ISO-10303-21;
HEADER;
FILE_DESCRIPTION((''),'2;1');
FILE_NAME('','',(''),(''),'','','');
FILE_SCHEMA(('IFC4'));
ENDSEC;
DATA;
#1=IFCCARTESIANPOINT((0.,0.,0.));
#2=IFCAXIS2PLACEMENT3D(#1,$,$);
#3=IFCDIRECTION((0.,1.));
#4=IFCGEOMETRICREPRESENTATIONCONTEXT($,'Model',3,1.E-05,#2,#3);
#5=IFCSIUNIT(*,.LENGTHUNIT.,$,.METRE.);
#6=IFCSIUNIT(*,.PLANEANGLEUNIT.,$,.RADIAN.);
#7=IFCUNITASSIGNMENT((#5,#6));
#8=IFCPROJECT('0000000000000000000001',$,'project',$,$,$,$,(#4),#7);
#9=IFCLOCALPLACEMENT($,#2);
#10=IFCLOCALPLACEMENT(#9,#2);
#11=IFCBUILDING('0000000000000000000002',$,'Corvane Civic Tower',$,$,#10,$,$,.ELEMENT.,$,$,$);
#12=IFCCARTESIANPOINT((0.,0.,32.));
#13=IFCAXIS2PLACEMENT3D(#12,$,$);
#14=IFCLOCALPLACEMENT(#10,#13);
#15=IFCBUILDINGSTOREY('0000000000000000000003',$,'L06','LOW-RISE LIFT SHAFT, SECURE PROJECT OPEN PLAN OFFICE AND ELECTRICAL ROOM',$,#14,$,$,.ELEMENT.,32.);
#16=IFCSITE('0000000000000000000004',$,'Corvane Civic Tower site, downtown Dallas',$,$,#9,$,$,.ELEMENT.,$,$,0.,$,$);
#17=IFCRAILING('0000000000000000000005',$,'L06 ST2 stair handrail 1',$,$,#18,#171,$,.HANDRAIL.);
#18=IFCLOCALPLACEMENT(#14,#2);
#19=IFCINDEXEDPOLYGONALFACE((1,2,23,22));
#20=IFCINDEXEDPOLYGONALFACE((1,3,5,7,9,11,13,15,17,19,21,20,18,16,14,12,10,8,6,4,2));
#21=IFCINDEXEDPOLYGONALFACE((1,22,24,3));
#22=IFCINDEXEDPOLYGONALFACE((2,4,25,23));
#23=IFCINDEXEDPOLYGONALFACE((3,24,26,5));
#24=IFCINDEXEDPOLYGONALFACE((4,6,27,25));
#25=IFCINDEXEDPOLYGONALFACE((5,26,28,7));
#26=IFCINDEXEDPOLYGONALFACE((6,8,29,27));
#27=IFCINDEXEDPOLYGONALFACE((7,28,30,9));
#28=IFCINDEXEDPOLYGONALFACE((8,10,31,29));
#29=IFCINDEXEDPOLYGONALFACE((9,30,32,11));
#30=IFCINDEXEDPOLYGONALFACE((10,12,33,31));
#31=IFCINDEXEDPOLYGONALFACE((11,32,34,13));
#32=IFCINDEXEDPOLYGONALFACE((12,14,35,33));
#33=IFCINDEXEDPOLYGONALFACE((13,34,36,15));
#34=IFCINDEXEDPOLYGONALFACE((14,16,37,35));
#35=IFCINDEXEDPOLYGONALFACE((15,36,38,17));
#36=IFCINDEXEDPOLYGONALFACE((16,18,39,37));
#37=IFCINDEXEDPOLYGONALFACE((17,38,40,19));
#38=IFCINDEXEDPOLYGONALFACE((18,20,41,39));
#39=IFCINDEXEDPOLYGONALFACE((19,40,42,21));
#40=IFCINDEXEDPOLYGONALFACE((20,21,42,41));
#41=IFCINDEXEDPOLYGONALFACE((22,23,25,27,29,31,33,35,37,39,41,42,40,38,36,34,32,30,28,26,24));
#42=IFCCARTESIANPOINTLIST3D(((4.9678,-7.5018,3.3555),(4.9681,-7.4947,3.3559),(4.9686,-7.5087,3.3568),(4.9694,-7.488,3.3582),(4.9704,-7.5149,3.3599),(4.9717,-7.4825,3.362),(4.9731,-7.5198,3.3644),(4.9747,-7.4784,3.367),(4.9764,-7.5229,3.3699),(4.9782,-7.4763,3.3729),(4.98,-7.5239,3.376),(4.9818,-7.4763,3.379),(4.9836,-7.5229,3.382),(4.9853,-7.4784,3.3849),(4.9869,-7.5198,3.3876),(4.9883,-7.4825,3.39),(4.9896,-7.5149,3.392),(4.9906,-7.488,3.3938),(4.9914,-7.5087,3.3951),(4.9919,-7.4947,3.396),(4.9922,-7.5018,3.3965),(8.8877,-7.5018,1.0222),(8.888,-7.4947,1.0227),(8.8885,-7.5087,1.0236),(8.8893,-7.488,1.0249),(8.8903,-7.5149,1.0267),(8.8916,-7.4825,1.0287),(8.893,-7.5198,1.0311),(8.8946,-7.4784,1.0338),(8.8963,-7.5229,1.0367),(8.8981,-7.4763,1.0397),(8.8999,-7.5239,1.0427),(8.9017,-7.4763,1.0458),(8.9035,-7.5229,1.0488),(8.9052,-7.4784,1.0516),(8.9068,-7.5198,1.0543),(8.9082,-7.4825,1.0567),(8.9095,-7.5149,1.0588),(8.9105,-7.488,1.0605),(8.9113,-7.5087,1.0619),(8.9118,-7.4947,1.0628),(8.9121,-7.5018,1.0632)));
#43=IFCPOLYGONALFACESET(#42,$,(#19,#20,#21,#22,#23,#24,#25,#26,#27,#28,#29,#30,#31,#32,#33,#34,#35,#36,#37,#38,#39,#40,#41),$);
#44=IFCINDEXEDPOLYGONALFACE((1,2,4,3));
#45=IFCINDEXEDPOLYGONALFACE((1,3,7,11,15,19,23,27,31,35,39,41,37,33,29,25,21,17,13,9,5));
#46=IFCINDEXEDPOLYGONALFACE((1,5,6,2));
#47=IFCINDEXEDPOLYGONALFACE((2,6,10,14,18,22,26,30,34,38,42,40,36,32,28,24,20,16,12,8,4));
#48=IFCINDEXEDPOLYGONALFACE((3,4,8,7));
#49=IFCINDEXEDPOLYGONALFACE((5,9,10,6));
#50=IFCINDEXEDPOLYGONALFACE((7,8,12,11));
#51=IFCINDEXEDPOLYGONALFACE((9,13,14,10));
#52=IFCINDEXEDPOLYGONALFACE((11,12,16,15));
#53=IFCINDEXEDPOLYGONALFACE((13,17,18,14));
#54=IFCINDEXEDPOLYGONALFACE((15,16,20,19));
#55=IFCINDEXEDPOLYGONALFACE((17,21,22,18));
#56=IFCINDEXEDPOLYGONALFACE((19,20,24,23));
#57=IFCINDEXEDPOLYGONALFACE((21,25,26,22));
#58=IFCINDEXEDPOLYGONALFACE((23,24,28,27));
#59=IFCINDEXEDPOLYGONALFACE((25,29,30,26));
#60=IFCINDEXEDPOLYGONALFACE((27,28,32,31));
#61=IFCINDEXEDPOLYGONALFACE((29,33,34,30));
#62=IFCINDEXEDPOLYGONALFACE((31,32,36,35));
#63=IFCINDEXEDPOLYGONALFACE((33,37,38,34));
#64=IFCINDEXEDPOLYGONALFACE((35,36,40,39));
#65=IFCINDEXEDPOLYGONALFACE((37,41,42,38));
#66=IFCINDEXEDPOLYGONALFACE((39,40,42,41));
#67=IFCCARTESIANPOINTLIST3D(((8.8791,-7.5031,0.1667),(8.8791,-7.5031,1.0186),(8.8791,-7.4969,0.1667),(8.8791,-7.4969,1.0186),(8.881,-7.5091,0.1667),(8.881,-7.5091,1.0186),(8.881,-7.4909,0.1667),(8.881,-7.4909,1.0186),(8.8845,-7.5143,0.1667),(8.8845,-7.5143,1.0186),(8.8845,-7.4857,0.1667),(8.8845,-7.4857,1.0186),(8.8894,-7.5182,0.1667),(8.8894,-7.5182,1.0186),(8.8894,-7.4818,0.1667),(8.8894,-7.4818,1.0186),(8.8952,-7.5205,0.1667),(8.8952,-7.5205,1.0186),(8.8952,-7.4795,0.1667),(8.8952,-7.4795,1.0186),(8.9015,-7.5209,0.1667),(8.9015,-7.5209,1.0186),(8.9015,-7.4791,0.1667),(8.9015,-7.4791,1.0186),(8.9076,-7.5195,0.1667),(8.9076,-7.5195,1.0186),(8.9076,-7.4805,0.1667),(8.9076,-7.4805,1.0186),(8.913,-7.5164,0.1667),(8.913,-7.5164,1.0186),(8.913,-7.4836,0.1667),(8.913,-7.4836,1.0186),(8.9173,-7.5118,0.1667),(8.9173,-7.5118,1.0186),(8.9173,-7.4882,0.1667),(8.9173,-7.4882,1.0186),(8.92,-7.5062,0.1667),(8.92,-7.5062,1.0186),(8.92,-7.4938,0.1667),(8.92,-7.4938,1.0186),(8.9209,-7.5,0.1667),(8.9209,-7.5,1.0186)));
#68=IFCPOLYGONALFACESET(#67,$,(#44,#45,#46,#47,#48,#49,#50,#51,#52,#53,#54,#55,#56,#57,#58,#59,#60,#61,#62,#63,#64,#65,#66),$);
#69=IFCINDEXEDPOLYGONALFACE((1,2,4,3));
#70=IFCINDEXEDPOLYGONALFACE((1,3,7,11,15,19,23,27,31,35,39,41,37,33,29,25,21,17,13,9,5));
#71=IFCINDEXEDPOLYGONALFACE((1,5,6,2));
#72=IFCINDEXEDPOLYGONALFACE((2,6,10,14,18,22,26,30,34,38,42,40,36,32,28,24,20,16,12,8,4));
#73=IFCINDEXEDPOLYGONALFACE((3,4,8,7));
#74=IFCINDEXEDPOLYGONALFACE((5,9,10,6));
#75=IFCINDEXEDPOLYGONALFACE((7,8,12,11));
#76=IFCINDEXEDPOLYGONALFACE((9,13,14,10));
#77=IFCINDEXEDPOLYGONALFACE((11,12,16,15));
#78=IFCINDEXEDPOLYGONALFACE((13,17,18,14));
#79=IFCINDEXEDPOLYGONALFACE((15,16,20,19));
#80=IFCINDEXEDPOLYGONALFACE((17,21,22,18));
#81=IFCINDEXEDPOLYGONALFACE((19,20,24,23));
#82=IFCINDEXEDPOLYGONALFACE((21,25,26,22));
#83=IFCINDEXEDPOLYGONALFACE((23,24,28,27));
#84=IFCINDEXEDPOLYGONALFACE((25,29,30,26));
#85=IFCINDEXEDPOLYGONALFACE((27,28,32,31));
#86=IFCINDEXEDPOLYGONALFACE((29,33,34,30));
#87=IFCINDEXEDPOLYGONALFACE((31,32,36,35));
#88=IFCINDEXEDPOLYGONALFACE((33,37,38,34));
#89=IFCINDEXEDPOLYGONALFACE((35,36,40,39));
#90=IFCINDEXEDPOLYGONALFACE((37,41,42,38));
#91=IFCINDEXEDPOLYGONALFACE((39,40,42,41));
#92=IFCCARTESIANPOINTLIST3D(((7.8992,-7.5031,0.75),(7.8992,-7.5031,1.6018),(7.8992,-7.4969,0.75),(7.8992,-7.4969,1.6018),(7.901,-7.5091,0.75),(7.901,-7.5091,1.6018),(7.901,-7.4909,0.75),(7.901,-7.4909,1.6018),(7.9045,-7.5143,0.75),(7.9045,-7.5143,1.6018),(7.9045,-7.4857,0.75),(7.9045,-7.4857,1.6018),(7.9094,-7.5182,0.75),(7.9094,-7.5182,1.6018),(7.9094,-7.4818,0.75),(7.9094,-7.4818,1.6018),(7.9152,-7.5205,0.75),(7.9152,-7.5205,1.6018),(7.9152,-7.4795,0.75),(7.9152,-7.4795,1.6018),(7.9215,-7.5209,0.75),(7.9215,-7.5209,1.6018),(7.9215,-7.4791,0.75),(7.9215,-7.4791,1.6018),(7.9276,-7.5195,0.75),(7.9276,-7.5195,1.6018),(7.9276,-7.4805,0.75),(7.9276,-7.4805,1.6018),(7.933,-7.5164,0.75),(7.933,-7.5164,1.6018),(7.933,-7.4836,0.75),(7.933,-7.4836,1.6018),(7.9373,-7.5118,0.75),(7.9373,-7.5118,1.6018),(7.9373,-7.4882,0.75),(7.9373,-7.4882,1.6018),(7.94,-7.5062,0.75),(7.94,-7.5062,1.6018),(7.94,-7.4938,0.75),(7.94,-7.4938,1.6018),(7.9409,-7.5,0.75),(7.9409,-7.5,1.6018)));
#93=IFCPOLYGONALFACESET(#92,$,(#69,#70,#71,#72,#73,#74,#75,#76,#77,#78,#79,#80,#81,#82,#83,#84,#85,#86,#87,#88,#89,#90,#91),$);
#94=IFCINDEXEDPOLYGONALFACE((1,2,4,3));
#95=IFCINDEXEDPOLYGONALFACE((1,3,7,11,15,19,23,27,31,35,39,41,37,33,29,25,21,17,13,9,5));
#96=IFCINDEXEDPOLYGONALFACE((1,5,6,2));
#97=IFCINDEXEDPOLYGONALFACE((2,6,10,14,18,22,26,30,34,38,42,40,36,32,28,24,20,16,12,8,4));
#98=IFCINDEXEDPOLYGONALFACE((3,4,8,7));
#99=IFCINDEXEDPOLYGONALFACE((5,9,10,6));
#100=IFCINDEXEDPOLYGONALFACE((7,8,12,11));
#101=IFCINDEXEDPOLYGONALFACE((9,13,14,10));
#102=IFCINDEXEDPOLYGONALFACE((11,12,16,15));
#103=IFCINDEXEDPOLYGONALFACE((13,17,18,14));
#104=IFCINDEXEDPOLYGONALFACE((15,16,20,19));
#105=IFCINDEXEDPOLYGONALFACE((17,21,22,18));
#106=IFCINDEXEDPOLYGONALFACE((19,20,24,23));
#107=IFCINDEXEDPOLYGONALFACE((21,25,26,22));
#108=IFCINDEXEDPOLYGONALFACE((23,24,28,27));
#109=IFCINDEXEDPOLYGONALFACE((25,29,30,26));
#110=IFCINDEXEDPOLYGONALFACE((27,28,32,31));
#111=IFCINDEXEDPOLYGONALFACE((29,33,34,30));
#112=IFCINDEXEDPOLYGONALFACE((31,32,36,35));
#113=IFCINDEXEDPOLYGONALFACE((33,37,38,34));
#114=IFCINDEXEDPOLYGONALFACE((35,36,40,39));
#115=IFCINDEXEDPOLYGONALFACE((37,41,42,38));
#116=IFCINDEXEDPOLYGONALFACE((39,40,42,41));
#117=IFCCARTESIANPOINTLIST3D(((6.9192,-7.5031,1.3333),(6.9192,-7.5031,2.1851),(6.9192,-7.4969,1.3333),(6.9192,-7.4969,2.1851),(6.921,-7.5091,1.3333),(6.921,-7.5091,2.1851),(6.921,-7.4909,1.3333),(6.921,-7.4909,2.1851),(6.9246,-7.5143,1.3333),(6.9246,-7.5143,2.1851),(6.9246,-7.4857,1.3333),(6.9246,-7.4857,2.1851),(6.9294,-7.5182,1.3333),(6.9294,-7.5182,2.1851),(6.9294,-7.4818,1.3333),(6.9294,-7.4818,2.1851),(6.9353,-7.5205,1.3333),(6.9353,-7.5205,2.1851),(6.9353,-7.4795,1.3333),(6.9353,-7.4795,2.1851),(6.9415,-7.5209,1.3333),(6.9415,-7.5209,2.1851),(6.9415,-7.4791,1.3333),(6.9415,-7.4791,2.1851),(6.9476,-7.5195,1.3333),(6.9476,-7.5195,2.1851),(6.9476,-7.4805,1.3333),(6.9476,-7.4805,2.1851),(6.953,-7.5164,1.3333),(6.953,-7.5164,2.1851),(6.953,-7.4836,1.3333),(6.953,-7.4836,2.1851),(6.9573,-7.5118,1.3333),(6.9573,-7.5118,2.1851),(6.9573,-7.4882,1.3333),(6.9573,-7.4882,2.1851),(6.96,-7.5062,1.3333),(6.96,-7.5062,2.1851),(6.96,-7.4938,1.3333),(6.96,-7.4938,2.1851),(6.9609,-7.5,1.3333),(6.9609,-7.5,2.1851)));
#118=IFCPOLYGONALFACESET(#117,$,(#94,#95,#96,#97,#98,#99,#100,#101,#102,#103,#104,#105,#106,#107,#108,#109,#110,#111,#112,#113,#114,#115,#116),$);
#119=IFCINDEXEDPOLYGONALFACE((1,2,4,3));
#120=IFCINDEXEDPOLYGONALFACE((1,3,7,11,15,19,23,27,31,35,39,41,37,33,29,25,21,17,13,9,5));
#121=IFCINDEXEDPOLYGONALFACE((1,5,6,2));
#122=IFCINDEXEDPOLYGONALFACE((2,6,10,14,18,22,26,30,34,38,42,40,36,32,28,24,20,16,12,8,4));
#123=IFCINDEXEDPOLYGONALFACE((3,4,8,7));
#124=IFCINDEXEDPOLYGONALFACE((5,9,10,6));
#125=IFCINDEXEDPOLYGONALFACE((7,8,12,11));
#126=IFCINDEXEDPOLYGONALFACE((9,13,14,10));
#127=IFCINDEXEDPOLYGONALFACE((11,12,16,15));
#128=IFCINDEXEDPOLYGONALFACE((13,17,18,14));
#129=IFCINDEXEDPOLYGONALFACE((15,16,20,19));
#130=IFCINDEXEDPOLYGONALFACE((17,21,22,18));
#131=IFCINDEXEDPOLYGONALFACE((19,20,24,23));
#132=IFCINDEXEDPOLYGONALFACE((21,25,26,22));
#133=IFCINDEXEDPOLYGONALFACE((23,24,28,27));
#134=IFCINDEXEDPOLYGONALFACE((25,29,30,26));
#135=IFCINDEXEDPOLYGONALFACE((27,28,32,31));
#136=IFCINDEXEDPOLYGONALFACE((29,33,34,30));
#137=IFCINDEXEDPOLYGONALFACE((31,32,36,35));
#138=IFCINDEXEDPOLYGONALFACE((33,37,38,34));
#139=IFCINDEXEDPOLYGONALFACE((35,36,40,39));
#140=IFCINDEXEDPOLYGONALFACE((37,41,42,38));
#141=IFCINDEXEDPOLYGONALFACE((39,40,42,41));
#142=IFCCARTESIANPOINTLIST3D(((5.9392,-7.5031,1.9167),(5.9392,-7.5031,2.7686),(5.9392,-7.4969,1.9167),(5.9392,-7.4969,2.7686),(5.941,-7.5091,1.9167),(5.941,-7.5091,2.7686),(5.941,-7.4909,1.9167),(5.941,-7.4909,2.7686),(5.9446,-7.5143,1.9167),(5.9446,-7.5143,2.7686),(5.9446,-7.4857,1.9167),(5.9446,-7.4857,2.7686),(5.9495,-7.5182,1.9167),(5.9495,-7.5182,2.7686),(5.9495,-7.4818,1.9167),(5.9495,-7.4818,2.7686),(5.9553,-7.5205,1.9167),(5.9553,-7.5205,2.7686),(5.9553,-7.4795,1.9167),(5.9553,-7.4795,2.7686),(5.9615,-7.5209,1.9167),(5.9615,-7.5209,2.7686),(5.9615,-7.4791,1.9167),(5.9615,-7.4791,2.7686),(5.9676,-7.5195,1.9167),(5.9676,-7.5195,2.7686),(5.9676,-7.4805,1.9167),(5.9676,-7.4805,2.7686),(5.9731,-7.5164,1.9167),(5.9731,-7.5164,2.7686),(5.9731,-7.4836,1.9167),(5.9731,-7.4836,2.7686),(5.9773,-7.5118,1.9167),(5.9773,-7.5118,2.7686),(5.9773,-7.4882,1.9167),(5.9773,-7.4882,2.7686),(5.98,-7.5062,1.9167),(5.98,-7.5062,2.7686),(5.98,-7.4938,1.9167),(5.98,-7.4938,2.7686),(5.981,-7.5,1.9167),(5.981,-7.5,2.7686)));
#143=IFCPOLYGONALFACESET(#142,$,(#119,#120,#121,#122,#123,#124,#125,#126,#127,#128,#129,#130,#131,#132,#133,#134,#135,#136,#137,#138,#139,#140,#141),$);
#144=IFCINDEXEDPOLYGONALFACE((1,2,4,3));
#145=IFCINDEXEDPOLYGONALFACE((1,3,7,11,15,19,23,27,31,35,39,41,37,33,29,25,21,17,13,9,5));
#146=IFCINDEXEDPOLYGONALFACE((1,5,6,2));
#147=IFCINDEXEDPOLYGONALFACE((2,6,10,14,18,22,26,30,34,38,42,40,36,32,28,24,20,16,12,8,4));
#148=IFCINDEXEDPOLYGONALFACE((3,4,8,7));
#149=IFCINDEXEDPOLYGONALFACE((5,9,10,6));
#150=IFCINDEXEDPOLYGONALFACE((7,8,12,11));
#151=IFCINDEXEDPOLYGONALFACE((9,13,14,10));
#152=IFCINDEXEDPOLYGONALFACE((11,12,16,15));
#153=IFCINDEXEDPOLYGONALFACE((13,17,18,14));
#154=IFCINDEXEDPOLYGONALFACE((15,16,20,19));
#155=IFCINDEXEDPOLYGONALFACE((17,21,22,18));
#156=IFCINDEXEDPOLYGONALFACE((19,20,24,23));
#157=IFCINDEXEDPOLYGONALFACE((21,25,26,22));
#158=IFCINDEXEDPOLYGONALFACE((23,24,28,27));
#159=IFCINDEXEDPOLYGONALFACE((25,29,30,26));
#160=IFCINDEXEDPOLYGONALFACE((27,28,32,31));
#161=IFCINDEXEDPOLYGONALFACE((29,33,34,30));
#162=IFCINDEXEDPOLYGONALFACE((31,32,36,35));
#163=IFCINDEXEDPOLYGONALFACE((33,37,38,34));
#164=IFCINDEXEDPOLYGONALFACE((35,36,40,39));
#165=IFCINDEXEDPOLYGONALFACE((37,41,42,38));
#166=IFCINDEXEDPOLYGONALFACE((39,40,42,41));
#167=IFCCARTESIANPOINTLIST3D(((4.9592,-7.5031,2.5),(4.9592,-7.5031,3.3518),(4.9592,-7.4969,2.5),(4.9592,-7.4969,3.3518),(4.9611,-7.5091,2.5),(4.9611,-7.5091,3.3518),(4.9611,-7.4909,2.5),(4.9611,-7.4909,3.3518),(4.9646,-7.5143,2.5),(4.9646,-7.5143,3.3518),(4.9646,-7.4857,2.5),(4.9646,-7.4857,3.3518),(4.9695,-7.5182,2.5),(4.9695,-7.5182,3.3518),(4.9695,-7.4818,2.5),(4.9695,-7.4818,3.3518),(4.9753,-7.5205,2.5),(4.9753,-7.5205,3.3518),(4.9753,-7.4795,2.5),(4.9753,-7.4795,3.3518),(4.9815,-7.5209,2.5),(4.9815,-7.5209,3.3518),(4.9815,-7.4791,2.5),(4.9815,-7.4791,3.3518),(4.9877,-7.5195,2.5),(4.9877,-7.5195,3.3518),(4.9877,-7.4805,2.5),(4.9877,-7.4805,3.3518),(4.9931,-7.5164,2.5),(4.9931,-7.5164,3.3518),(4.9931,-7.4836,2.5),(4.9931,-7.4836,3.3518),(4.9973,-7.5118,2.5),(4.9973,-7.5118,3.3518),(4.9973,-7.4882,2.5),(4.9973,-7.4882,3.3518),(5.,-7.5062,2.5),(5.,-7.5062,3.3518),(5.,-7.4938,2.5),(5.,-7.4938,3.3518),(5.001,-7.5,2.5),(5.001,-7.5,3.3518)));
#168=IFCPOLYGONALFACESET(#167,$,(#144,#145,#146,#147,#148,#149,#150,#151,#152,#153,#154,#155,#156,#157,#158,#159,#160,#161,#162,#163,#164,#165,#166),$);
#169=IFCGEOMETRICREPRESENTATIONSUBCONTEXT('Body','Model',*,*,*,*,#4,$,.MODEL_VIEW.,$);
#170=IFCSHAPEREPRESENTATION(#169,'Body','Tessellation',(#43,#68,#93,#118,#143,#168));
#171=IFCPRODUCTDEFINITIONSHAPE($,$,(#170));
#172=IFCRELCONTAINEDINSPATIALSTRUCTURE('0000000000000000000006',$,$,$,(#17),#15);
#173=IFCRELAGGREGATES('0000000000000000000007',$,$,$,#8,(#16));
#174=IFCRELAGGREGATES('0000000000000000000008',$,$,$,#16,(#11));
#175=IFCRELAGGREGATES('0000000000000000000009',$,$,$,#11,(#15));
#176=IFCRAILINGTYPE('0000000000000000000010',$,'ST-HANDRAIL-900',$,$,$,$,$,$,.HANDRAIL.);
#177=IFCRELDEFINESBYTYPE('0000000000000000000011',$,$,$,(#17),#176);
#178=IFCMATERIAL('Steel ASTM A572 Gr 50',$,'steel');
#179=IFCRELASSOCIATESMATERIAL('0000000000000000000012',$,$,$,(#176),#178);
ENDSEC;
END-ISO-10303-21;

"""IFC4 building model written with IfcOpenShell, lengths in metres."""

from ifc_helpers import new_model, si_unit, direction, frame, origin, origin_2d, place, context, subcontext, project, spatial, circle, extrude, material, type_object, element, save


model = new_model("IFC4")

# Units and contexts
model_context = context("Model", 3, precision=1e-05, world=origin(), true_north=direction((0.0, 1.0)))
body_context = subcontext(model_context, "Body", "Model", "MODEL_VIEW")
ifc_project = project(units=[si_unit("LENGTHUNIT", "METRE"), si_unit("PLANEANGLEUNIT", "RADIAN")], contexts=[model_context])

# Site, building, storey
site_placement = place(None, origin())
site = spatial("IfcSite", under=ifc_project, at=site_placement, Name="Corvane Civic Tower site, downtown Dallas", CompositionType="ELEMENT", RefElevation=0.0)
building_placement = place(site_placement, origin())
building = spatial("IfcBuilding", under=site, at=building_placement, Name="Corvane Civic Tower", CompositionType="ELEMENT")
storey_placement = place(building_placement, frame((0.0, 0.0, 32.0)))
storey = spatial("IfcBuildingStorey", under=building, at=storey_placement, Name="L06", Description="LOW-RISE LIFT SHAFT, SECURE PROJECT OPEN PLAN OFFICE AND ELECTRICAL ROOM", CompositionType="ELEMENT", Elevation=32.0)

# Railing
ifc_material_1 = material(Name="Steel ASTM A572 Gr 50", Category="steel")
railing_type_1 = type_object("IfcRailingType", Name="ST-HANDRAIL-900", PredefinedType="HANDRAIL", material=ifc_material_1)
railing_1_placement = place(storey_placement, frame((8.8999, -7.5, 0.1667)))
element("IfcRailing", 1, at=railing_1_placement, inside=storey, type_object=railing_type_1, Name="L06 ST2 stair handrail 1", PredefinedType="HANDRAIL", context=body_context, shape_type="SweptSolid", body=[
    extrude(circle(Radius=0.0239, at=origin_2d()), frame((0.0, 0.0, 0.876), z_axis=(-0.859296, 0.0, 0.511478), x_axis=(0.0, -1.0, 0.0)), (0.0, 0.0, 1.0), 4.5618),
    extrude(circle(Radius=0.021, at=origin_2d()), origin(), (0.0, 0.0, 1.0), 0.8518),
    extrude(circle(Radius=0.021, at=origin_2d()), frame((-0.98, 0.0, 0.5833)), (0.0, 0.0, 1.0), 0.8518),
    extrude(circle(Radius=0.021, at=origin_2d()), frame((-1.96, 0.0, 1.1665)), (0.0, 0.0, 1.0), 0.8518),
    extrude(circle(Radius=0.021, at=origin_2d()), frame((-2.9399, 0.0, 1.75)), (0.0, 0.0, 1.0), 0.8518),
    extrude(circle(Radius=0.021, at=origin_2d()), frame((-3.9199, 0.0, 2.3333)), (0.0, 0.0, 1.0), 0.8518),
])

save(model, "model.ifc")
